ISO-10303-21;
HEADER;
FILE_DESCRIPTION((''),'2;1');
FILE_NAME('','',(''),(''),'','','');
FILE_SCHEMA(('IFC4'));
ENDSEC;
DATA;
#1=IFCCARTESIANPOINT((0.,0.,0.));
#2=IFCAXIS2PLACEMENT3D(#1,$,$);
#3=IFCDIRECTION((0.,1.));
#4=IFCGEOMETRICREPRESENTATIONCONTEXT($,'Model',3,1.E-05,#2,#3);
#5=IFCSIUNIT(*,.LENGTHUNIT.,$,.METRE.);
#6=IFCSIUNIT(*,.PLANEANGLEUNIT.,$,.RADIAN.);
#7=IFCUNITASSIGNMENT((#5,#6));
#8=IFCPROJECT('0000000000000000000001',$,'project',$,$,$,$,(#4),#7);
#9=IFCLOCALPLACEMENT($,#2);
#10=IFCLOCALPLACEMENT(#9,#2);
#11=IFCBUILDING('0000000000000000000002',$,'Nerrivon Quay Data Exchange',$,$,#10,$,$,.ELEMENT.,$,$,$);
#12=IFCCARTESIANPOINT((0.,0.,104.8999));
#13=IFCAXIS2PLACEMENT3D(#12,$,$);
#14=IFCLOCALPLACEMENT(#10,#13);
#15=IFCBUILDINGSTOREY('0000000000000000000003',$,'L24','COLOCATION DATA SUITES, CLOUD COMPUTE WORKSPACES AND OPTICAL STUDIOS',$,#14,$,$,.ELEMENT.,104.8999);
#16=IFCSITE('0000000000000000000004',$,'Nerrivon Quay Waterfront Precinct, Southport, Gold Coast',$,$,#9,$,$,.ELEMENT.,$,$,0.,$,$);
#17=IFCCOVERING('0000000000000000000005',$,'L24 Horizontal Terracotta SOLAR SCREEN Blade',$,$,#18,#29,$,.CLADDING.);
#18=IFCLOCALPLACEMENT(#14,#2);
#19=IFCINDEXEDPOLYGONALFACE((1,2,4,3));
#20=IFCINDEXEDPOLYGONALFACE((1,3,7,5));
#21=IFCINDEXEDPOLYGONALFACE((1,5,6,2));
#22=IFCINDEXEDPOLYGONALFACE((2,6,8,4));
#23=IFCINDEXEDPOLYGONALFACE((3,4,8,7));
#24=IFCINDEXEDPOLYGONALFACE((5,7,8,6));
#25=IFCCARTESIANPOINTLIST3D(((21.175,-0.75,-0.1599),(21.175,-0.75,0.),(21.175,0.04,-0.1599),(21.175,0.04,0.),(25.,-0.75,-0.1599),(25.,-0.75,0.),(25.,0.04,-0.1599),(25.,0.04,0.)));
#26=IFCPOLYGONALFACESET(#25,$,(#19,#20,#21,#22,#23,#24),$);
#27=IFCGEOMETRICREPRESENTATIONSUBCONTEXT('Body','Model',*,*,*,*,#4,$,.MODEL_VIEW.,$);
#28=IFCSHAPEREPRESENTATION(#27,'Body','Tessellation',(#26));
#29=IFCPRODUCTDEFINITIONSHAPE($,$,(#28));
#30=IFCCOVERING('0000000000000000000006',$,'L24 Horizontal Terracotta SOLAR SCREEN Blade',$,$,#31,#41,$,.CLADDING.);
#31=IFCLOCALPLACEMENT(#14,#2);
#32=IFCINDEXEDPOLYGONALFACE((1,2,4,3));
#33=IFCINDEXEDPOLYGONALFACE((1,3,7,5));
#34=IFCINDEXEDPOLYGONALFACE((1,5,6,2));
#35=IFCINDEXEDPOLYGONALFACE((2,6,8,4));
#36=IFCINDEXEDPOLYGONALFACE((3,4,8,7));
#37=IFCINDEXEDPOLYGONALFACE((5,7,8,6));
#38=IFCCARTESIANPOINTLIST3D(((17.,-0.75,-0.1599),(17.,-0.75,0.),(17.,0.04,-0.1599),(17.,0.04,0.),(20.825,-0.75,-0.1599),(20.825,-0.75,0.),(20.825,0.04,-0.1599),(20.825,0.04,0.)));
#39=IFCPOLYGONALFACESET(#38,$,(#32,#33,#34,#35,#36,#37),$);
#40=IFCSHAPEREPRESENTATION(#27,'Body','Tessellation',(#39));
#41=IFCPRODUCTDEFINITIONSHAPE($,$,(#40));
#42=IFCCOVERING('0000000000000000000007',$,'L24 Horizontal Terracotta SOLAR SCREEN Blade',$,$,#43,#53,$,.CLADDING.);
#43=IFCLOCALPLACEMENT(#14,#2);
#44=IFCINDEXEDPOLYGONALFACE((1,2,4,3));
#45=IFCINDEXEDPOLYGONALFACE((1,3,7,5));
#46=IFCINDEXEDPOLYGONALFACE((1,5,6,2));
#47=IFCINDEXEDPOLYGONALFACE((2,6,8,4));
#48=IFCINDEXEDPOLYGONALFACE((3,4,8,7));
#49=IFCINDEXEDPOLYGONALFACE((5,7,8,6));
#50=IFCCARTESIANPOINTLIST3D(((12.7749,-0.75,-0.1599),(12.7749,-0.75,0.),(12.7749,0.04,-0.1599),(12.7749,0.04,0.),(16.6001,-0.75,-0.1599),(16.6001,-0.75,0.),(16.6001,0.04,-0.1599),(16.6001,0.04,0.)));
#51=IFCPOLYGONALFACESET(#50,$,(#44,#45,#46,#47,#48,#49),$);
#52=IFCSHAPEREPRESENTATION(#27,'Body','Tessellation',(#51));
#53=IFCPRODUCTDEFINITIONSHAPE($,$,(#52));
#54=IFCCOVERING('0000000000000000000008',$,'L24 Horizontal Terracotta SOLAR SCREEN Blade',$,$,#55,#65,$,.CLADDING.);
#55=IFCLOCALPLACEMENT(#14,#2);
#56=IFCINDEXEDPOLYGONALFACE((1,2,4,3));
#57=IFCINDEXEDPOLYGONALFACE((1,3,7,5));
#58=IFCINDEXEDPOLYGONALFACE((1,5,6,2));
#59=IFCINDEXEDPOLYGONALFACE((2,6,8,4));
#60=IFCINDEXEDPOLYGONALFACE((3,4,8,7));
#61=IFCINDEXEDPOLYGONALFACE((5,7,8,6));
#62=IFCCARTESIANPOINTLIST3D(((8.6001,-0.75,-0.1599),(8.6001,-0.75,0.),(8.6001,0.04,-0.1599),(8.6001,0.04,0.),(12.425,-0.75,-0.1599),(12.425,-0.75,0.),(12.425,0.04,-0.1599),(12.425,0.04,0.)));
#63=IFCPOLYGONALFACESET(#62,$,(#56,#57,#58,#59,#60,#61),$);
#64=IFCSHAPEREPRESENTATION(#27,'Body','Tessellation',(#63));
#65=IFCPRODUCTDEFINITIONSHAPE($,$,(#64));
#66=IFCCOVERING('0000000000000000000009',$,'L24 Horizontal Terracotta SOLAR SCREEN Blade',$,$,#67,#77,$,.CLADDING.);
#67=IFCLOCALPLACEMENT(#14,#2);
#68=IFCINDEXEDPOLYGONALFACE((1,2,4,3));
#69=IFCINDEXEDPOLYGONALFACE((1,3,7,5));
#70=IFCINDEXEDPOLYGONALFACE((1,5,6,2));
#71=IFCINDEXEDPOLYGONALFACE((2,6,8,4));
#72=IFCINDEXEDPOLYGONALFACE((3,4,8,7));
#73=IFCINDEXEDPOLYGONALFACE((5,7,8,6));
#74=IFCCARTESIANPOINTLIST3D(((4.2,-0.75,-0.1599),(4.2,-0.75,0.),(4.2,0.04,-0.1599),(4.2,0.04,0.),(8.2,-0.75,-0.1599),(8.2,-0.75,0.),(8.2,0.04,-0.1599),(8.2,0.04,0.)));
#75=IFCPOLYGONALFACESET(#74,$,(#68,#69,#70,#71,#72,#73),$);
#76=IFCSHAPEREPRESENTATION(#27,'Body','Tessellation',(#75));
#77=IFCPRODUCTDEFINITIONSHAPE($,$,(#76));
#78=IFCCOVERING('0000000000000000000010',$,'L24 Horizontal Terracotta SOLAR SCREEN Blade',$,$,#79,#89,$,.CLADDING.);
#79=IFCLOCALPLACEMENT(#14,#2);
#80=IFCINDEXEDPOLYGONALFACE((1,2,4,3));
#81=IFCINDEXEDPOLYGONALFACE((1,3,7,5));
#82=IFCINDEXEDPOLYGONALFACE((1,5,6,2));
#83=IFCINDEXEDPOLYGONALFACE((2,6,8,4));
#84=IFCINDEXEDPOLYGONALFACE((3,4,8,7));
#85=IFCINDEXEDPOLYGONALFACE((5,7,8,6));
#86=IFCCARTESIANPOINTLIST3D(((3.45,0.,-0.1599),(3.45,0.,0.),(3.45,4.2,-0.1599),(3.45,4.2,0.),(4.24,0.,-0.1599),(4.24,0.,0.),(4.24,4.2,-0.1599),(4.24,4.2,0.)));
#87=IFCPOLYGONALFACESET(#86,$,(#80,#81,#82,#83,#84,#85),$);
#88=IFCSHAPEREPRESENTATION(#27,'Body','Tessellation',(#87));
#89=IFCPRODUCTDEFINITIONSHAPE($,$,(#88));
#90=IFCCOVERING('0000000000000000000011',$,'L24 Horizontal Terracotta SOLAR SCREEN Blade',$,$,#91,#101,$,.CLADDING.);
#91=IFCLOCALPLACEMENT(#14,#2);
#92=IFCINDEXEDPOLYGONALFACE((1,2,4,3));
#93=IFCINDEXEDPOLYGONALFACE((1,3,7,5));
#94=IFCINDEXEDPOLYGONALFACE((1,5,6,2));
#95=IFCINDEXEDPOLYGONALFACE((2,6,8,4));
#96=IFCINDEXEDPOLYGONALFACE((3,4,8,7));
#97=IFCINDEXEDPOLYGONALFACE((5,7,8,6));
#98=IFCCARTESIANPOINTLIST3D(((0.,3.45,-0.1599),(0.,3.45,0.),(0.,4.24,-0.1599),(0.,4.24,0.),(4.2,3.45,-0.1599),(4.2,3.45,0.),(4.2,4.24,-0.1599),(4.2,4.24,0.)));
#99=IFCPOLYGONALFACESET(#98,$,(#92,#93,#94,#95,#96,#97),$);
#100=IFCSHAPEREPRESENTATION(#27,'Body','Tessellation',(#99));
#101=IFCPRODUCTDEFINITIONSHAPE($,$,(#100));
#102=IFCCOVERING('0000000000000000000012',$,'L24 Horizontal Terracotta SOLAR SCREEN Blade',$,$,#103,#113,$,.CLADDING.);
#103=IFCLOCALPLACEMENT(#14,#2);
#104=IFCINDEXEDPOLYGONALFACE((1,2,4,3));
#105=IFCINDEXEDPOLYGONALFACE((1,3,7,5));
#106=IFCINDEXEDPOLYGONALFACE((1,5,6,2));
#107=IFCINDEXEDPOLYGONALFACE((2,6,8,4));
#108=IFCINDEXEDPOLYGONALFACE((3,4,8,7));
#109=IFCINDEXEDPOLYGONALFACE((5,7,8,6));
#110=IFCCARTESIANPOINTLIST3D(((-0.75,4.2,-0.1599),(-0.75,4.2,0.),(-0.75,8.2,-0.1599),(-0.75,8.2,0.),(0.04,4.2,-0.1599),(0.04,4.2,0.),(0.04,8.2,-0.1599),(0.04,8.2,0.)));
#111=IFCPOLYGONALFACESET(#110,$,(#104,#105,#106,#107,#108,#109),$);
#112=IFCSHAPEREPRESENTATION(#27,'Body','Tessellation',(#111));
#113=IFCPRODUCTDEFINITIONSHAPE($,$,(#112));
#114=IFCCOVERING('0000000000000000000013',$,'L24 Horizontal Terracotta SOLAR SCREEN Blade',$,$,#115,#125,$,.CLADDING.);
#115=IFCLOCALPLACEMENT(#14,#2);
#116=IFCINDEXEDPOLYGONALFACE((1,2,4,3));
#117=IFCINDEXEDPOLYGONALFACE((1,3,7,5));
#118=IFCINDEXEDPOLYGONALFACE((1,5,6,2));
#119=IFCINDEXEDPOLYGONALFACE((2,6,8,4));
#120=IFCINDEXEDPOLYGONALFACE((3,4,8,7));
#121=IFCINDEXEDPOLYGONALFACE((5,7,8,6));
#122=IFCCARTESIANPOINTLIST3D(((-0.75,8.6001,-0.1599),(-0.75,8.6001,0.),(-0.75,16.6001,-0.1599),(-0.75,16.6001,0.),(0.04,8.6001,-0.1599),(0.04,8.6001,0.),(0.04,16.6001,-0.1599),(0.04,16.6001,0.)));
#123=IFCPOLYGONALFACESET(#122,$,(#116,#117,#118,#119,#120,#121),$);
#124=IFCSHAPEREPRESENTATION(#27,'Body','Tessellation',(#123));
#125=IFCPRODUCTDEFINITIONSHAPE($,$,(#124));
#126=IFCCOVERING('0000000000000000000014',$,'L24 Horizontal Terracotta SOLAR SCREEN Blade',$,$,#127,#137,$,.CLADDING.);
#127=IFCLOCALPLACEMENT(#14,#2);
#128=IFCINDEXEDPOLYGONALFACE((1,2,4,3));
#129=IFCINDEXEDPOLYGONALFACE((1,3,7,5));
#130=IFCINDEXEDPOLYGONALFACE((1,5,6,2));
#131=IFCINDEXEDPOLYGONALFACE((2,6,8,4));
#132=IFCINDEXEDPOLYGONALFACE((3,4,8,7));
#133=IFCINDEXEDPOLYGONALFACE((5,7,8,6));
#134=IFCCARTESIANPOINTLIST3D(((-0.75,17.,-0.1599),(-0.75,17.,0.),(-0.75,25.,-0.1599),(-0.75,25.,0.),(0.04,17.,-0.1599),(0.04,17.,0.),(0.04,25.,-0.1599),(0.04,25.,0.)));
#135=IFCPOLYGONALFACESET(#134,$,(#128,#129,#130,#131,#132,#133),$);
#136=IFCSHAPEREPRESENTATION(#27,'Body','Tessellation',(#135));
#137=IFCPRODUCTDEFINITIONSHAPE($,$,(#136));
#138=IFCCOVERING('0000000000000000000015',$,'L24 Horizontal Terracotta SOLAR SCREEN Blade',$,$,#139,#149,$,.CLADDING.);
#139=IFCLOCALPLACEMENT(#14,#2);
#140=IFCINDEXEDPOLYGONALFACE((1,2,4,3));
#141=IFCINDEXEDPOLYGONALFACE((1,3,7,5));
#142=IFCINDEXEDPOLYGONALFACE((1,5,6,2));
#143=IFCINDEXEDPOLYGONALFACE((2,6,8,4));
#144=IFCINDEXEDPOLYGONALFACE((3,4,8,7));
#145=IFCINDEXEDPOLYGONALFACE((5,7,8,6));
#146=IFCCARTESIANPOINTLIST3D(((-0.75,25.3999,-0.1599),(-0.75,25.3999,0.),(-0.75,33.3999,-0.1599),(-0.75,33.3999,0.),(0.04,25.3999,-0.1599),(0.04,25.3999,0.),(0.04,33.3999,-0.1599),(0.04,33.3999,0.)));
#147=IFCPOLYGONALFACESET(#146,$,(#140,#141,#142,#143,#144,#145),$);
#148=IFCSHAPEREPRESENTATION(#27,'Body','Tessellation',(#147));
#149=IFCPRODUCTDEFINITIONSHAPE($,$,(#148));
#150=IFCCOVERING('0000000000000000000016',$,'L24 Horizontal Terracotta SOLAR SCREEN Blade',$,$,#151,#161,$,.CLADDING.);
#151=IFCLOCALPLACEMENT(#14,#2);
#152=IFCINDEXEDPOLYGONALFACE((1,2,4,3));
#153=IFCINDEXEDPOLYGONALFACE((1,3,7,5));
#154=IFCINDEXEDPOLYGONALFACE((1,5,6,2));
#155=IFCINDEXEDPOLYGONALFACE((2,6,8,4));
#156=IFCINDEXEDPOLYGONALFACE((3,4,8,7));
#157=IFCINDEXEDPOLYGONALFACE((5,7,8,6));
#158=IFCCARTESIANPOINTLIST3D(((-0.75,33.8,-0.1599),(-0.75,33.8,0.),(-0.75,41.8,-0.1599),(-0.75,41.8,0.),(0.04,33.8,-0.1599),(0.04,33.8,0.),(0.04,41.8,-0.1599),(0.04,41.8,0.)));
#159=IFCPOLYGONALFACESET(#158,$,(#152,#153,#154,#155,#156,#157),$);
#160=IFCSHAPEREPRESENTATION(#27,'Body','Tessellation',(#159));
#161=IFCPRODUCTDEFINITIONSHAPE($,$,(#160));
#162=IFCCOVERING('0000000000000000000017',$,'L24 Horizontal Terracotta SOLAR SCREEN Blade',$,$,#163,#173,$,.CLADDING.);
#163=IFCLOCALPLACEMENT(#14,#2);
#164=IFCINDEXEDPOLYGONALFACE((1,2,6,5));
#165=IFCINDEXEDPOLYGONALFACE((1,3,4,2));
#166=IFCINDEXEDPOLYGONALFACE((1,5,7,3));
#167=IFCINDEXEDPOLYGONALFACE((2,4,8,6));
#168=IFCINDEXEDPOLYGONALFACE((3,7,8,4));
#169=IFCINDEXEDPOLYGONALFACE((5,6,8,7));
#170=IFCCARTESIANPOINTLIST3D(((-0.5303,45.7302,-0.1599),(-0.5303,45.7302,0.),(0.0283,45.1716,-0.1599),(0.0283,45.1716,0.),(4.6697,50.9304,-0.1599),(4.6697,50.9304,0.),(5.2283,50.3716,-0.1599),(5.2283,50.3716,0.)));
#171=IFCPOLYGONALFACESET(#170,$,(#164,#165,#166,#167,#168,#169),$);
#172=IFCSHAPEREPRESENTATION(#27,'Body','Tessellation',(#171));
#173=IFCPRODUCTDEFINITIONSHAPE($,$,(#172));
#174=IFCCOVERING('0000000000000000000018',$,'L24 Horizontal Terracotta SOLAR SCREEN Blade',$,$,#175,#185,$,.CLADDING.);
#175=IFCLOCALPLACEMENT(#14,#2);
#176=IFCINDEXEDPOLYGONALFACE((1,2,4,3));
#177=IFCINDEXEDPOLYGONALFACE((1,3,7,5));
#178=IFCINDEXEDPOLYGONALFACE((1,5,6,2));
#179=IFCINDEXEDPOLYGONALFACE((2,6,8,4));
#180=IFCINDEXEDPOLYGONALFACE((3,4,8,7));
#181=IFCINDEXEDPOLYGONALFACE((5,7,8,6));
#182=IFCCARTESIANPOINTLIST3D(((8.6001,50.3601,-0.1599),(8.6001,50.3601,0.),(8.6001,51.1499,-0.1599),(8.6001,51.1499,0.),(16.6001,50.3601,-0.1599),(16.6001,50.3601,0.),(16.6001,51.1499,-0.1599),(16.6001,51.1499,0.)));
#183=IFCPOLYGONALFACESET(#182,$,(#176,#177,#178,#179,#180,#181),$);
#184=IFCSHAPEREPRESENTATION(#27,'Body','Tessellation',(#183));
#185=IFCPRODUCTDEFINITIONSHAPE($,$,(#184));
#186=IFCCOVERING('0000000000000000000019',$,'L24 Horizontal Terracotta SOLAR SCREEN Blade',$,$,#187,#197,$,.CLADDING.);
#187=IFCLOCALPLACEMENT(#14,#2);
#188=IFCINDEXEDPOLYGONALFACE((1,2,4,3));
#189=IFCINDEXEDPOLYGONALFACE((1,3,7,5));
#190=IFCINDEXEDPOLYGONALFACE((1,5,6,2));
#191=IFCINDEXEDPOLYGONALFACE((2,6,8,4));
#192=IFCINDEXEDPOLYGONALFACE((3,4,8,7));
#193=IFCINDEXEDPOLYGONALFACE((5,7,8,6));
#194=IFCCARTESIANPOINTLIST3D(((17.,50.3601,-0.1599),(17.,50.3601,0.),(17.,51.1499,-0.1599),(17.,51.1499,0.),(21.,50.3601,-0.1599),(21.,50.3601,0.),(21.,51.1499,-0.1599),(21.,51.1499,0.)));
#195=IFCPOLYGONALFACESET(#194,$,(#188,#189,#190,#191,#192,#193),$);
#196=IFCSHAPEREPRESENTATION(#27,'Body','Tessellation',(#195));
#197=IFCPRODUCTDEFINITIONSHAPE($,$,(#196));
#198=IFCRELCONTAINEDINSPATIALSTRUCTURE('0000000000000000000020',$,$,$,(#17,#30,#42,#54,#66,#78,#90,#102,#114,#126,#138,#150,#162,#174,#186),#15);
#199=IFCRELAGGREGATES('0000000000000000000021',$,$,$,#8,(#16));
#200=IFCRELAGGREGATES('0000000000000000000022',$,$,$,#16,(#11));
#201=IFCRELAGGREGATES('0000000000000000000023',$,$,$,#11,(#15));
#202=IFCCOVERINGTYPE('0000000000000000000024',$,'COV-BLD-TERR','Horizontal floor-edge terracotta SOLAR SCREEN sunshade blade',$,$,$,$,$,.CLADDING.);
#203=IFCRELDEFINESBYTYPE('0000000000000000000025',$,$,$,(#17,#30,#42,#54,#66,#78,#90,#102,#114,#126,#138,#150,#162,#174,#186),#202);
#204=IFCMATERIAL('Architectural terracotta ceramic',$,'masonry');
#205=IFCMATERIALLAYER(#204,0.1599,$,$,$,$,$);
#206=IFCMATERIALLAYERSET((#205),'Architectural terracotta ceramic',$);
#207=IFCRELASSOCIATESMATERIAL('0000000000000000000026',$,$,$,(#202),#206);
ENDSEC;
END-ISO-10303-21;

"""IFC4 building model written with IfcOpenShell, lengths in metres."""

from ifc_helpers import new_model, si_unit, direction, frame, origin, place, context, subcontext, project, spatial, polyline, outline, extrude, material, layer, layer_set, type_object, element, save


model = new_model("IFC4")

# Units and contexts
model_context = context("Model", 3, precision=1e-05, world=origin(), true_north=direction((0.0, 1.0)))
body_context = subcontext(model_context, "Body", "Model", "MODEL_VIEW")
ifc_project = project(units=[si_unit("LENGTHUNIT", "METRE"), si_unit("PLANEANGLEUNIT", "RADIAN")], contexts=[model_context])

# Site, building, storey
site_placement = place(None, origin())
site = spatial("IfcSite", under=ifc_project, at=site_placement, Name="Nerrivon Quay Waterfront Precinct, Southport, Gold Coast", CompositionType="ELEMENT", RefElevation=0.0)
building_placement = place(site_placement, origin())
building = spatial("IfcBuilding", under=site, at=building_placement, Name="Nerrivon Quay Data Exchange", CompositionType="ELEMENT")
storey_placement = place(building_placement, frame((0.0, 0.0, 104.8999)))
storey = spatial("IfcBuildingStorey", under=building, at=storey_placement, Name="L24", Description="COLOCATION DATA SUITES, CLOUD COMPUTE WORKSPACES AND OPTICAL STUDIOS", CompositionType="ELEMENT", Elevation=104.8999)

# Coverings
ifc_material_1 = material(Name="Architectural terracotta ceramic", Category="masonry")
ifc_layer_1 = layer(ifc_material_1, 0.1599)
ifc_layer_set_1 = layer_set([ifc_layer_1], Name="Architectural terracotta ceramic")
covering_type = type_object("IfcCoveringType", Name="COV-BLD-TERR", Description="Horizontal floor-edge terracotta SOLAR SCREEN sunshade blade", PredefinedType="CLADDING", material=ifc_layer_set_1)
covering_1_placement = place(storey_placement, frame((0.0, 0.0, -0.1599)))
element("IfcCovering", 1, at=covering_1_placement, inside=storey, type_object=covering_type, Name="L24 Horizontal Terracotta SOLAR SCREEN Blade", PredefinedType="CLADDING", context=body_context, shape_type="SweptSolid", body=[
    extrude(outline(polyline([(25.0, 0.04), (21.175, 0.04), (21.175, -0.75), (25.0, -0.75), (25.0, 0.04)])), origin(), (0.0, 0.0, 1.0), 0.1599),
])
covering_2_placement = place(storey_placement, frame((0.0, 0.0, -0.1599)))
element("IfcCovering", 2, at=covering_2_placement, inside=storey, type_object=covering_type, Name="L24 Horizontal Terracotta SOLAR SCREEN Blade", PredefinedType="CLADDING", context=body_context, shape_type="SweptSolid", body=[
    extrude(outline(polyline([(20.825, 0.04), (17.0, 0.04), (17.0, -0.75), (20.825, -0.75), (20.825, 0.04)])), origin(), (0.0, 0.0, 1.0), 0.1599),
])
covering_3_placement = place(storey_placement, frame((0.0, 0.0, -0.1599)))
element("IfcCovering", 3, at=covering_3_placement, inside=storey, type_object=covering_type, Name="L24 Horizontal Terracotta SOLAR SCREEN Blade", PredefinedType="CLADDING", context=body_context, shape_type="SweptSolid", body=[
    extrude(outline(polyline([(16.6001, 0.04), (12.7749, 0.04), (12.7749, -0.75), (16.6001, -0.75), (16.6001, 0.04)])), origin(), (0.0, 0.0, 1.0), 0.1599),
])
covering_4_placement = place(storey_placement, frame((0.0, 0.0, -0.1599)))
element("IfcCovering", 4, at=covering_4_placement, inside=storey, type_object=covering_type, Name="L24 Horizontal Terracotta SOLAR SCREEN Blade", PredefinedType="CLADDING", context=body_context, shape_type="SweptSolid", body=[
    extrude(outline(polyline([(12.425, 0.04), (8.6001, 0.04), (8.6001, -0.75), (12.425, -0.75), (12.425, 0.04)])), origin(), (0.0, 0.0, 1.0), 0.1599),
])
covering_5_placement = place(storey_placement, frame((0.0, 0.0, -0.1599)))
element("IfcCovering", 5, at=covering_5_placement, inside=storey, type_object=covering_type, Name="L24 Horizontal Terracotta SOLAR SCREEN Blade", PredefinedType="CLADDING", context=body_context, shape_type="SweptSolid", body=[
    extrude(outline(polyline([(8.2, 0.04), (4.2, 0.04), (4.2, -0.75), (8.2, -0.75), (8.2, 0.04)])), origin(), (0.0, 0.0, 1.0), 0.1599),
])
covering_6_placement = place(storey_placement, frame((0.0, 0.0, -0.1599)))
element("IfcCovering", 6, at=covering_6_placement, inside=storey, type_object=covering_type, Name="L24 Horizontal Terracotta SOLAR SCREEN Blade", PredefinedType="CLADDING", context=body_context, shape_type="SweptSolid", body=[
    extrude(outline(polyline([(4.24, 0.0), (4.24, 4.2), (3.45, 4.2), (3.45, 0.0), (4.24, 0.0)])), origin(), (0.0, 0.0, 1.0), 0.1599),
])
covering_7_placement = place(storey_placement, frame((0.0, 0.0, -0.1599)))
element("IfcCovering", 7, at=covering_7_placement, inside=storey, type_object=covering_type, Name="L24 Horizontal Terracotta SOLAR SCREEN Blade", PredefinedType="CLADDING", context=body_context, shape_type="SweptSolid", body=[
    extrude(outline(polyline([(4.2, 4.24), (0.0, 4.24), (0.0, 3.45), (4.2, 3.45), (4.2, 4.24)])), origin(), (0.0, 0.0, 1.0), 0.1599),
])
covering_8_placement = place(storey_placement, frame((0.0, 0.0, -0.1599)))
element("IfcCovering", 8, at=covering_8_placement, inside=storey, type_object=covering_type, Name="L24 Horizontal Terracotta SOLAR SCREEN Blade", PredefinedType="CLADDING", context=body_context, shape_type="SweptSolid", body=[
    extrude(outline(polyline([(0.04, 4.2), (0.04, 8.2), (-0.75, 8.2), (-0.75, 4.2), (0.04, 4.2)])), origin(), (0.0, 0.0, 1.0), 0.1599),
])
covering_9_placement = place(storey_placement, frame((0.0, 0.0, -0.1599)))
element("IfcCovering", 9, at=covering_9_placement, inside=storey, type_object=covering_type, Name="L24 Horizontal Terracotta SOLAR SCREEN Blade", PredefinedType="CLADDING", context=body_context, shape_type="SweptSolid", body=[
    extrude(outline(polyline([(0.04, 8.6001), (0.04, 16.6001), (-0.75, 16.6001), (-0.75, 8.6001), (0.04, 8.6001)])), origin(), (0.0, 0.0, 1.0), 0.1599),
])
covering_10_placement = place(storey_placement, frame((0.0, 0.0, -0.1599)))
element("IfcCovering", 10, at=covering_10_placement, inside=storey, type_object=covering_type, Name="L24 Horizontal Terracotta SOLAR SCREEN Blade", PredefinedType="CLADDING", context=body_context, shape_type="SweptSolid", body=[
    extrude(outline(polyline([(0.04, 17.0), (0.04, 25.0), (-0.75, 25.0), (-0.75, 17.0), (0.04, 17.0)])), origin(), (0.0, 0.0, 1.0), 0.1599),
])
covering_11_placement = place(storey_placement, frame((0.0, 0.0, -0.1599)))
element("IfcCovering", 11, at=covering_11_placement, inside=storey, type_object=covering_type, Name="L24 Horizontal Terracotta SOLAR SCREEN Blade", PredefinedType="CLADDING", context=body_context, shape_type="SweptSolid", body=[
    extrude(outline(polyline([(0.04, 25.3999), (0.04, 33.3999), (-0.75, 33.3999), (-0.75, 25.3999), (0.04, 25.3999)])), origin(), (0.0, 0.0, 1.0), 0.1599),
])
covering_12_placement = place(storey_placement, frame((0.0, 0.0, -0.1599)))
element("IfcCovering", 12, at=covering_12_placement, inside=storey, type_object=covering_type, Name="L24 Horizontal Terracotta SOLAR SCREEN Blade", PredefinedType="CLADDING", context=body_context, shape_type="SweptSolid", body=[
    extrude(outline(polyline([(0.04, 33.8), (0.04, 41.8), (-0.75, 41.8), (-0.75, 33.8), (0.04, 33.8)])), origin(), (0.0, 0.0, 1.0), 0.1599),
])
covering_13_placement = place(storey_placement, frame((0.0, 0.0, -0.1599)))
element("IfcCovering", 13, at=covering_13_placement, inside=storey, type_object=covering_type, Name="L24 Horizontal Terracotta SOLAR SCREEN Blade", PredefinedType="CLADDING", context=body_context, shape_type="SweptSolid", body=[
    extrude(outline(polyline([(0.0283, 45.1716), (5.2283, 50.3716), (4.6697, 50.9304), (-0.5303, 45.7302), (0.0283, 45.1716)])), origin(), (0.0, 0.0, 1.0), 0.1599),
])
covering_14_placement = place(storey_placement, frame((0.0, 0.0, -0.1599)))
element("IfcCovering", 14, at=covering_14_placement, inside=storey, type_object=covering_type, Name="L24 Horizontal Terracotta SOLAR SCREEN Blade", PredefinedType="CLADDING", context=body_context, shape_type="SweptSolid", body=[
    extrude(outline(polyline([(8.6001, 50.3601), (16.6001, 50.3601), (16.6001, 51.1499), (8.6001, 51.1499), (8.6001, 50.3601)])), origin(), (0.0, 0.0, 1.0), 0.1599),
])
covering_15_placement = place(storey_placement, frame((0.0, 0.0, -0.1599)))
element("IfcCovering", 15, at=covering_15_placement, inside=storey, type_object=covering_type, Name="L24 Horizontal Terracotta SOLAR SCREEN Blade", PredefinedType="CLADDING", context=body_context, shape_type="SweptSolid", body=[
    extrude(outline(polyline([(17.0, 50.3601), (21.0, 50.3601), (21.0, 51.1499), (17.0, 51.1499), (17.0, 50.3601)])), origin(), (0.0, 0.0, 1.0), 0.1599),
])

save(model, "model.ifc")
